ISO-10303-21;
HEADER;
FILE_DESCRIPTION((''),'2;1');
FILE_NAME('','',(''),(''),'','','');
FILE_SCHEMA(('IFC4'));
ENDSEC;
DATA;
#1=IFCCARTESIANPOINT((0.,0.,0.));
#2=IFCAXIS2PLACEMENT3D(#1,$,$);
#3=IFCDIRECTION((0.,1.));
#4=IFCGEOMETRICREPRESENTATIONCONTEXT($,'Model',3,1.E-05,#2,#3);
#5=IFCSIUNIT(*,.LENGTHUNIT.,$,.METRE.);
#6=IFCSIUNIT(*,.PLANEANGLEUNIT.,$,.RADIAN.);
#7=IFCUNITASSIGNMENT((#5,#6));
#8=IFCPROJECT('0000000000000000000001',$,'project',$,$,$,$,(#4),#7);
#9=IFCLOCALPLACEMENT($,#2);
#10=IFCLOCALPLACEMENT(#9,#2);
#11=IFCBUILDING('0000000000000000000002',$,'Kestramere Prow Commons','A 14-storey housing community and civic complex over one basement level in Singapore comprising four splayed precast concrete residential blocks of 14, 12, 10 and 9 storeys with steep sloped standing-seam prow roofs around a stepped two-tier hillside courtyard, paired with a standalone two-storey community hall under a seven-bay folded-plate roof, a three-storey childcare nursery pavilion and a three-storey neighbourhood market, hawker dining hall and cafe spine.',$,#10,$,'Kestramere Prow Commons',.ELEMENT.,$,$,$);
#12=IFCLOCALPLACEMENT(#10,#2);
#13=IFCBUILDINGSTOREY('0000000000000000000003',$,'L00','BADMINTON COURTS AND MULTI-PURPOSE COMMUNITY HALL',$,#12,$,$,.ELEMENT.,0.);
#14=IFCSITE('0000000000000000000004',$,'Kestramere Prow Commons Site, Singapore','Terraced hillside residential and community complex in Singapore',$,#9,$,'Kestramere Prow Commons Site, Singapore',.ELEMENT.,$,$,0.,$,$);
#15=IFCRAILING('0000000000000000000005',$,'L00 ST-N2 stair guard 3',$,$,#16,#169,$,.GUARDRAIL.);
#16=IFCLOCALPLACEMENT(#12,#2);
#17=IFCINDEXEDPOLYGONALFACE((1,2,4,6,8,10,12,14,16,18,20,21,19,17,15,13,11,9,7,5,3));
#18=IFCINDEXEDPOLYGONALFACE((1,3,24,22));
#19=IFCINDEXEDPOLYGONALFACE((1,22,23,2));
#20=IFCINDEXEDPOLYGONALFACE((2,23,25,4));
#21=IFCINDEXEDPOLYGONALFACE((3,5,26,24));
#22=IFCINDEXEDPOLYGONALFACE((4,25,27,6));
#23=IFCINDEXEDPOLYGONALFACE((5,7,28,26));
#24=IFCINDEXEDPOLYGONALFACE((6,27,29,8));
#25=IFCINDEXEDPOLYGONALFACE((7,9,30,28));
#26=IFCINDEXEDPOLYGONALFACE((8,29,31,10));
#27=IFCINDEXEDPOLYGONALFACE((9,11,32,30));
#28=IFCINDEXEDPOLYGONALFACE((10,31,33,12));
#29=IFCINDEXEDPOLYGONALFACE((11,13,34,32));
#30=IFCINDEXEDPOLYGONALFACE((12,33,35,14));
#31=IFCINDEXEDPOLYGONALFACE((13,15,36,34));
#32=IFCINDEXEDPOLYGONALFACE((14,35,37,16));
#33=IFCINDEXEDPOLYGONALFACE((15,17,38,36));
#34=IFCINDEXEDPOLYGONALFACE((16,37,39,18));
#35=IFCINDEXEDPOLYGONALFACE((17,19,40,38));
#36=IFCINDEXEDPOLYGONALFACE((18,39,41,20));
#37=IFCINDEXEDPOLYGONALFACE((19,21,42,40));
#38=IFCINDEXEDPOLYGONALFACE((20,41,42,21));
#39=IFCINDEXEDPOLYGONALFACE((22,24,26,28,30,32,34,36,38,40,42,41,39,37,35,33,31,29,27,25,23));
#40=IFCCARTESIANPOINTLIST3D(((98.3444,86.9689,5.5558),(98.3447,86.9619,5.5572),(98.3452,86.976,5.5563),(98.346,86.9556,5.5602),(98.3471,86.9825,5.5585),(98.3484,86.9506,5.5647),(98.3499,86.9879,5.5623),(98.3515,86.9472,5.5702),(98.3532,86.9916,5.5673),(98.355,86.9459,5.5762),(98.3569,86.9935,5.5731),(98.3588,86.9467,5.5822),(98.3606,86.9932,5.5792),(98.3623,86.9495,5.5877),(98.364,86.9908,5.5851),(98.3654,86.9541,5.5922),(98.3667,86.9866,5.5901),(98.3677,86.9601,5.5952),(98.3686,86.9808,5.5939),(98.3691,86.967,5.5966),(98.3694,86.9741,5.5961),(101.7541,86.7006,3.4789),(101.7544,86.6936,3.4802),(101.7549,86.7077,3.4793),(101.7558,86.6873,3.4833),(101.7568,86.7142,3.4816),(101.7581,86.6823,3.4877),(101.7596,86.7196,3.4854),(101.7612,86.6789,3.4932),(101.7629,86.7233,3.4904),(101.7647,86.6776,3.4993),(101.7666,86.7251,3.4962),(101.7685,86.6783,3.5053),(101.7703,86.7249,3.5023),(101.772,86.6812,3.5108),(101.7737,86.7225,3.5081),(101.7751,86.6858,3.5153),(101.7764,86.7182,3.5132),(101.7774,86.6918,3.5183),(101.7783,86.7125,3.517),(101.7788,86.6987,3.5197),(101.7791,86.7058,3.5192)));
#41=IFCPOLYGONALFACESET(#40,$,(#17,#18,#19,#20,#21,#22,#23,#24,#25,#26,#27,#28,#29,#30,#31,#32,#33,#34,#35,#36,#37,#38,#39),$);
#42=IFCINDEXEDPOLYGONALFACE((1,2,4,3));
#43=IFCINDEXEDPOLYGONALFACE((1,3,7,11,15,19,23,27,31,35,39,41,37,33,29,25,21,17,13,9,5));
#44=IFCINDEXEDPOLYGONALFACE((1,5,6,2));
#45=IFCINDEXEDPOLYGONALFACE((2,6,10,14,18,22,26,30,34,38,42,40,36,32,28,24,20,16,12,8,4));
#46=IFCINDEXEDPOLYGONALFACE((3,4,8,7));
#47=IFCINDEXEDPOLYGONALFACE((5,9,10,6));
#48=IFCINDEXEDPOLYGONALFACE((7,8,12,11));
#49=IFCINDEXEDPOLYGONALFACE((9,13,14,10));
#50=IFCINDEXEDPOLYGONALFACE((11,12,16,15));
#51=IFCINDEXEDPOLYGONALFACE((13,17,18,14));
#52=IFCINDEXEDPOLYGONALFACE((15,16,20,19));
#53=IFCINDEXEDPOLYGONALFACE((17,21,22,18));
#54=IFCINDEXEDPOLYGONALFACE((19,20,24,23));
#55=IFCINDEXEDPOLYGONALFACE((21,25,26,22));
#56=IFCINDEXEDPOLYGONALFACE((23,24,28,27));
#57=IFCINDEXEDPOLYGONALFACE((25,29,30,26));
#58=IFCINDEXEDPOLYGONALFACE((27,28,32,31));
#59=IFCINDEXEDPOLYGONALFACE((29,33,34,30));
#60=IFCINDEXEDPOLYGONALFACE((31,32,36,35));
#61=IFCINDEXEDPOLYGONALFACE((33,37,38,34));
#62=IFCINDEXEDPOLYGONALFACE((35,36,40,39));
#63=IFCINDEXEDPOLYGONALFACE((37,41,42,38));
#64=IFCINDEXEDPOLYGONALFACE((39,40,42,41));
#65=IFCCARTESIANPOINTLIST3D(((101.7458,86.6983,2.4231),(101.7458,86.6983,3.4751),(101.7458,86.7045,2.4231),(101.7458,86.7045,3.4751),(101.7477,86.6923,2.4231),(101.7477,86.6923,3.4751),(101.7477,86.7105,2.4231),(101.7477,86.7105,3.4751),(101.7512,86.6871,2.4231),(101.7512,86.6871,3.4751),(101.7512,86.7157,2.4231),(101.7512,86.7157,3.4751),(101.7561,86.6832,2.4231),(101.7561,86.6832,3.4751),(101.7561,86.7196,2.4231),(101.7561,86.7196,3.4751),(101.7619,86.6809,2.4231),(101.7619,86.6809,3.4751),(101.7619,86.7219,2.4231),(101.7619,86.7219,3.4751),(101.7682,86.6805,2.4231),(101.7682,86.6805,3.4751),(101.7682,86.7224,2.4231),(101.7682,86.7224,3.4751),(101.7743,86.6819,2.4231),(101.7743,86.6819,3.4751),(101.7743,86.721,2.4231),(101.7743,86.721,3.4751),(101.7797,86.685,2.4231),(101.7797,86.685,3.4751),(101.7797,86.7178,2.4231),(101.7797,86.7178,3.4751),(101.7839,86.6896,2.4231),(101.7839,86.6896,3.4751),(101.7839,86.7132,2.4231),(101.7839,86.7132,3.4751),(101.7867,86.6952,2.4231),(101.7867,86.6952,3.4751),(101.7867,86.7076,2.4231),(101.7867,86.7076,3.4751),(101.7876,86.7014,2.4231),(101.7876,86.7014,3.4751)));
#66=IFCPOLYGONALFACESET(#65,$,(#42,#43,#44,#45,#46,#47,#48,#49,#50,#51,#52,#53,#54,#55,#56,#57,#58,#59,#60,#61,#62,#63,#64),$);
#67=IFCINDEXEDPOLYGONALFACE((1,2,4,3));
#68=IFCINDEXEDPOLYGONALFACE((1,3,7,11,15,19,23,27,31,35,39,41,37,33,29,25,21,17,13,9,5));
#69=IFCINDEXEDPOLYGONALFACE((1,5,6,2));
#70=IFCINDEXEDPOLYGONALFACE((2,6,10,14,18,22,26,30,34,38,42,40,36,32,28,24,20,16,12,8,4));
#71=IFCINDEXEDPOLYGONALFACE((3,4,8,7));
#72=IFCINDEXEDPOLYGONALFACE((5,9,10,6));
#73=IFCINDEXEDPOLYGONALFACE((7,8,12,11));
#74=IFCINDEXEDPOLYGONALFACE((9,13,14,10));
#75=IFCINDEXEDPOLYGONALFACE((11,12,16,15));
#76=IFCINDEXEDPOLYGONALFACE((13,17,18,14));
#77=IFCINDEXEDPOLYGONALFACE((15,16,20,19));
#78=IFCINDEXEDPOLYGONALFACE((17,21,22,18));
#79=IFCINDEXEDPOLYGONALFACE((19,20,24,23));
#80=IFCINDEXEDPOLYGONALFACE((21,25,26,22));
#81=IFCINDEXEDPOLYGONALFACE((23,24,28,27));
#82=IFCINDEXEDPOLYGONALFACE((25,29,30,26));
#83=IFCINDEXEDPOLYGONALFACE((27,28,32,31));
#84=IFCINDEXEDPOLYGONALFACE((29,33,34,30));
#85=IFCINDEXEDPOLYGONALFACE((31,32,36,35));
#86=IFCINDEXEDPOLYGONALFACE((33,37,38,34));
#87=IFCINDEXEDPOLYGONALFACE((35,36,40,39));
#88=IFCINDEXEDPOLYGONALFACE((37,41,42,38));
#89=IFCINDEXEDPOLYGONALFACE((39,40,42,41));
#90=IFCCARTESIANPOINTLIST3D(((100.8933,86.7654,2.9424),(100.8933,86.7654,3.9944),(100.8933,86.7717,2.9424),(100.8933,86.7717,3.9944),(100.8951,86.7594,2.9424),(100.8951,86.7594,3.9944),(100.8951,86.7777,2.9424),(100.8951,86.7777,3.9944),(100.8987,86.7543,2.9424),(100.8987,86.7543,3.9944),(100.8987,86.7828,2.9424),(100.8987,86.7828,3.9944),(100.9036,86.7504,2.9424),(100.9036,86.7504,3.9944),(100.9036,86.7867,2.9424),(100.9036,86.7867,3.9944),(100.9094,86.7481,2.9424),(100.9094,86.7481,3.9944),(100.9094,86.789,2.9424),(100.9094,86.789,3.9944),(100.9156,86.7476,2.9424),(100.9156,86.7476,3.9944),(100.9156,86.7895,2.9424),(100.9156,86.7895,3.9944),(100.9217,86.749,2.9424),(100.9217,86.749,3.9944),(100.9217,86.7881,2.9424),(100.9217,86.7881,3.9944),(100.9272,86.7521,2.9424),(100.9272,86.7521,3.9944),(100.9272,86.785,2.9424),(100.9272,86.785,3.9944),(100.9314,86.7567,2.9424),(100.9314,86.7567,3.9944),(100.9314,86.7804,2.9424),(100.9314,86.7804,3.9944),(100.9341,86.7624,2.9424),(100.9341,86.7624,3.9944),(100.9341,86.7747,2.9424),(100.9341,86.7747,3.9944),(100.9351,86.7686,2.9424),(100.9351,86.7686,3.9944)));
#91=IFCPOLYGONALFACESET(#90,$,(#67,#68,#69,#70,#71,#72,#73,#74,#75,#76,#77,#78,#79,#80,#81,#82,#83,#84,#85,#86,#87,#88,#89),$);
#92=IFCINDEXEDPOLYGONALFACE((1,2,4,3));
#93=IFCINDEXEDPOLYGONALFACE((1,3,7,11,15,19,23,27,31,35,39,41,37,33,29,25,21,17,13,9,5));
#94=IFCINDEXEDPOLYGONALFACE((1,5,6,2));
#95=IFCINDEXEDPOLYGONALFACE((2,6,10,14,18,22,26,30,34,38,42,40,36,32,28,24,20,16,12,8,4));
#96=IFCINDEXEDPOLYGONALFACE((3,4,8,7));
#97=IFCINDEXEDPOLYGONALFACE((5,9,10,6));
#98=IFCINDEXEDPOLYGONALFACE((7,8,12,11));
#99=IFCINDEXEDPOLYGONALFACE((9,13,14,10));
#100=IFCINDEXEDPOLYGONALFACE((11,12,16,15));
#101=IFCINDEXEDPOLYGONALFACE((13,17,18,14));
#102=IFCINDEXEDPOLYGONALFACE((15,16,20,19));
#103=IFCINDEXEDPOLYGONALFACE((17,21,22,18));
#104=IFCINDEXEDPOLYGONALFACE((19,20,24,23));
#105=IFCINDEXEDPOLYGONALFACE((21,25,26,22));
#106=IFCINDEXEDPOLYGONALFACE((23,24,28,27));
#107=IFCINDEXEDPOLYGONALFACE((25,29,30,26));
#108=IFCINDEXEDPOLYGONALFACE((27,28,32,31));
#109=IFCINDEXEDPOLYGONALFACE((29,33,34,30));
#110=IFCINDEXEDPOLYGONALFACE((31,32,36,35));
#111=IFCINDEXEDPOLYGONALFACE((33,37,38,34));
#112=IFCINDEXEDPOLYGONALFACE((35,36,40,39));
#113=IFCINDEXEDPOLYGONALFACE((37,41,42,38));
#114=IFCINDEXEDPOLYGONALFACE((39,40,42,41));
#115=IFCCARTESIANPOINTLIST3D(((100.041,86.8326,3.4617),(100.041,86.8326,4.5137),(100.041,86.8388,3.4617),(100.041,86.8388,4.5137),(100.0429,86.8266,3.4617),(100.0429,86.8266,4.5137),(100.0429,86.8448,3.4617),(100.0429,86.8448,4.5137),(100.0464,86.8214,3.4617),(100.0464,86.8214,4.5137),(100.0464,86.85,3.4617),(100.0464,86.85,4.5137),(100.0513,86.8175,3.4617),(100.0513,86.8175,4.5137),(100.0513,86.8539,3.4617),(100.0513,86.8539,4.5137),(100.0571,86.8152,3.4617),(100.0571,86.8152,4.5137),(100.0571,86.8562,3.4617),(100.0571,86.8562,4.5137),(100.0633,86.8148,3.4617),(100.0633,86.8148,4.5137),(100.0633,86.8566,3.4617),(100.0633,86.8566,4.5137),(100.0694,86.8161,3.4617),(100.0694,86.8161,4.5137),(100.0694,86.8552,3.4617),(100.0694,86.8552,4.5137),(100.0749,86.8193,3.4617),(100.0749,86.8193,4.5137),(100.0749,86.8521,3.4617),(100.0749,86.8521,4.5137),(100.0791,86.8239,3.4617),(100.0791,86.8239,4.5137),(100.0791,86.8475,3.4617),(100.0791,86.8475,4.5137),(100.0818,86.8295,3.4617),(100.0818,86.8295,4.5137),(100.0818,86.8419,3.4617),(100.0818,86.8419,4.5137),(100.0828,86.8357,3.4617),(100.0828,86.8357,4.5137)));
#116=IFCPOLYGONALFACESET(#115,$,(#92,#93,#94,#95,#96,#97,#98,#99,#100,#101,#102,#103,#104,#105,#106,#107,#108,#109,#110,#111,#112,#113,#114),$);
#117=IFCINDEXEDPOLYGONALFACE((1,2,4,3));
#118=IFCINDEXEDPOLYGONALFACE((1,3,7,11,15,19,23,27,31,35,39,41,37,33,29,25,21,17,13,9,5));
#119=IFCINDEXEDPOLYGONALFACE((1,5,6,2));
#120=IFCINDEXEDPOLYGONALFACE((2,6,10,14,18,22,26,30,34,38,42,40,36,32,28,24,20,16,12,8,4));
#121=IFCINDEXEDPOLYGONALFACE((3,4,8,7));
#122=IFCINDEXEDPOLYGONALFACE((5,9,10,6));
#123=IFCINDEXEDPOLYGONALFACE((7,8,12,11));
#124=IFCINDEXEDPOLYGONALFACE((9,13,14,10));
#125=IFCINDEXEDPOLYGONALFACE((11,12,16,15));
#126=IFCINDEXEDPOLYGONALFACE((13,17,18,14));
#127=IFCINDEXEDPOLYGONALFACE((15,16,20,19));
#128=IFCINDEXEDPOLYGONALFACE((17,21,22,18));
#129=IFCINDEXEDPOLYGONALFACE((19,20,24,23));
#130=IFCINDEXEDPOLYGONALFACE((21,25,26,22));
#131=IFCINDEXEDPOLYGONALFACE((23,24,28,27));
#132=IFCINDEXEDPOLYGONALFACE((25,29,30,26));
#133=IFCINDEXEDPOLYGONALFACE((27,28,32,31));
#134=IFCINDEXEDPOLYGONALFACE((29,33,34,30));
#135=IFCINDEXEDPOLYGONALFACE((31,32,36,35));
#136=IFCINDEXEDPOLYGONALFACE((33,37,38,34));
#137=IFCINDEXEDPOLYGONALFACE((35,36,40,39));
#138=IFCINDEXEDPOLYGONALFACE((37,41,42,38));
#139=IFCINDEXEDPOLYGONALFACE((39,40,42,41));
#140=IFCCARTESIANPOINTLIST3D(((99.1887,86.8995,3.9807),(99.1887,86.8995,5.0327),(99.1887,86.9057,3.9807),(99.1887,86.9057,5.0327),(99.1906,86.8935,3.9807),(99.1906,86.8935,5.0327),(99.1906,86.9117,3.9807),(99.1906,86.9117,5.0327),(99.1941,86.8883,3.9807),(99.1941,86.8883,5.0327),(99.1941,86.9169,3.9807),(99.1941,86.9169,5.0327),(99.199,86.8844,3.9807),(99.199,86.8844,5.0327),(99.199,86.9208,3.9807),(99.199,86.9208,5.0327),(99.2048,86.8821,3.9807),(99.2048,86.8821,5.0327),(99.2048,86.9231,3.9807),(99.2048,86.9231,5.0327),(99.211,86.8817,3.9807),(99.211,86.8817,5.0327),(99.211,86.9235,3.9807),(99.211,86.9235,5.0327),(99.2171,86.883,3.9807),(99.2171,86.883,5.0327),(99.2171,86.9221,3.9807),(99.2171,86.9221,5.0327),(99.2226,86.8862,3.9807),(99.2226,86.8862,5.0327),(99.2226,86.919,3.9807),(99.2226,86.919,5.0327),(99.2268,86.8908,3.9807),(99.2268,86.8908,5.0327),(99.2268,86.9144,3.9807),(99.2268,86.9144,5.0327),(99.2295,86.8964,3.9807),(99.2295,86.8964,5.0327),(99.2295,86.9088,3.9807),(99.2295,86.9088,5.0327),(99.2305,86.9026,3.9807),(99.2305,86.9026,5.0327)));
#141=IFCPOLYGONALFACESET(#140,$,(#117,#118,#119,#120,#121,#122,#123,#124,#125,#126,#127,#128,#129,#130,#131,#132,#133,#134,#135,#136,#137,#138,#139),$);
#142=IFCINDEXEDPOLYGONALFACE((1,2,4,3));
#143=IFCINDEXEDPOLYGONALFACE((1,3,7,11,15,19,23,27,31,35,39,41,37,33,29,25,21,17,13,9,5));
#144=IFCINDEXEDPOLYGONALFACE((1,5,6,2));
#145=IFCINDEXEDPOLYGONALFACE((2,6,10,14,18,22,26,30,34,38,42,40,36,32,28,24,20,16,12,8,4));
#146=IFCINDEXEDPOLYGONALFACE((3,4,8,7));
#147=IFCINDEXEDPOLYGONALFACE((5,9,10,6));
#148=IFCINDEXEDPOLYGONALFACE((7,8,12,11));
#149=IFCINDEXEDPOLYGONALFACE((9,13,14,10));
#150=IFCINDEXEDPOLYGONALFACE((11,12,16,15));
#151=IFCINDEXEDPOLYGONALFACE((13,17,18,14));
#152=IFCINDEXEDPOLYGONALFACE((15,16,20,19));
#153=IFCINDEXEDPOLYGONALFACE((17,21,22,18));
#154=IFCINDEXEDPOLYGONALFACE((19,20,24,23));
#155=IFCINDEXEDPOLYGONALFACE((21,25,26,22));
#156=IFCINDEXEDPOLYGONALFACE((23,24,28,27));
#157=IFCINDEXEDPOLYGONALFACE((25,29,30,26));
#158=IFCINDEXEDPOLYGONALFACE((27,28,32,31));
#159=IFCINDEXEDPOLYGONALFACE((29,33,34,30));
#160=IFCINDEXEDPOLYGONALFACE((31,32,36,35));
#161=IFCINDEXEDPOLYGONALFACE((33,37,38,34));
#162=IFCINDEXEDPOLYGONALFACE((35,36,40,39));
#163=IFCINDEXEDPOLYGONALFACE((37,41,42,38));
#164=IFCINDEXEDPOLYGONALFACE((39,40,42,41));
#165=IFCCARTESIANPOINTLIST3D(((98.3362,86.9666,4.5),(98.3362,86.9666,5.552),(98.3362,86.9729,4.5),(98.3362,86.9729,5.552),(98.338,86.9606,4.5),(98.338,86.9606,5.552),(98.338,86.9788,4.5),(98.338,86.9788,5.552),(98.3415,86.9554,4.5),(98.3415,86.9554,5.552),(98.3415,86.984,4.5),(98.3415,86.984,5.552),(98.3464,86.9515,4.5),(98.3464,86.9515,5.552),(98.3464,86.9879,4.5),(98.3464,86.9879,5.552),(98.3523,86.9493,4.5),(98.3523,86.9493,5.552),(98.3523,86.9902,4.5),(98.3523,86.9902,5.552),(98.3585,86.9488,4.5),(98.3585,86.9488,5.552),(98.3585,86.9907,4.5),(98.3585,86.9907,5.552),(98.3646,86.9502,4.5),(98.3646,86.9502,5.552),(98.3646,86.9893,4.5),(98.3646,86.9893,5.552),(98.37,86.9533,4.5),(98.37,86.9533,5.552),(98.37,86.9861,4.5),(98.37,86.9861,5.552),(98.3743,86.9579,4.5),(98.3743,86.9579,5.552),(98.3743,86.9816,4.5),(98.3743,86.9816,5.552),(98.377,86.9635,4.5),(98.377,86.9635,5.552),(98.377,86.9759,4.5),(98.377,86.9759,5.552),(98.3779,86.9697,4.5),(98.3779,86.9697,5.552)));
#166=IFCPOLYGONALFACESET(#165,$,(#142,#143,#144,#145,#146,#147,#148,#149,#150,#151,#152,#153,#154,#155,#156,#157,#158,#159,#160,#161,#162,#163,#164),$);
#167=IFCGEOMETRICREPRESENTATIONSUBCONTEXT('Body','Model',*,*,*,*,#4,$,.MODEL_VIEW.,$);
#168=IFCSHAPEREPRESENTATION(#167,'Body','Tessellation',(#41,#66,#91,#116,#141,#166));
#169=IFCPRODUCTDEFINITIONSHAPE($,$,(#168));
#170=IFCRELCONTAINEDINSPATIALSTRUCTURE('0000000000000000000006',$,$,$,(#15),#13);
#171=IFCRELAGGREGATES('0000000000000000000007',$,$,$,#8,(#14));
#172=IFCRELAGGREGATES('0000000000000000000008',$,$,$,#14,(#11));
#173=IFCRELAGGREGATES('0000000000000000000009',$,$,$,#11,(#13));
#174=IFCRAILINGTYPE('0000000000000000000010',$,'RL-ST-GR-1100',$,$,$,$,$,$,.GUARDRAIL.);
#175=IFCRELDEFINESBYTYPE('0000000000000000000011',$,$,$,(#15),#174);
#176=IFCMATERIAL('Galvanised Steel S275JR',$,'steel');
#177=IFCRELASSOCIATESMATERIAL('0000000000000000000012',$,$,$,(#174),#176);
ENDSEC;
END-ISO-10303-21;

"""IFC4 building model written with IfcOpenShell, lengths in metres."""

from ifc_helpers import new_model, si_unit, direction, frame, origin, origin_2d, place, context, subcontext, project, spatial, circle, extrude, material, type_object, element, save


model = new_model("IFC4")

# Units and contexts
model_context = context("Model", 3, precision=1e-05, world=origin(), true_north=direction((0.0, 1.0)))
body_context = subcontext(model_context, "Body", "Model", "MODEL_VIEW")
ifc_project = project(units=[si_unit("LENGTHUNIT", "METRE"), si_unit("PLANEANGLEUNIT", "RADIAN")], contexts=[model_context])

# Site, building, storey
site_placement = place(None, origin())
site = spatial("IfcSite", under=ifc_project, at=site_placement, Name="Kestramere Prow Commons Site, Singapore", Description="Terraced hillside residential and community complex in Singapore", LongName="Kestramere Prow Commons Site, Singapore", CompositionType="ELEMENT", RefElevation=0.0)
building_placement = place(site_placement, origin())
building = spatial("IfcBuilding", under=site, at=building_placement, Name="Kestramere Prow Commons", Description="A 14-storey housing community and civic complex over one basement level in Singapore comprising four splayed precast concrete residential blocks of 14, 12, 10 and 9 storeys with steep sloped standing-seam prow roofs around a stepped two-tier hillside courtyard, paired with a standalone two-storey community hall under a seven-bay folded-plate roof, a three-storey childcare nursery pavilion and a three-storey neighbourhood market, hawker dining hall and cafe spine.", LongName="Kestramere Prow Commons", CompositionType="ELEMENT")
storey_placement = place(building_placement, origin())
storey = spatial("IfcBuildingStorey", under=building, at=storey_placement, Name="L00", Description="BADMINTON COURTS AND MULTI-PURPOSE COMMUNITY HALL", CompositionType="ELEMENT", Elevation=0.0)

# Railing
ifc_material_1 = material(Name="Galvanised Steel S275JR", Category="steel")
railing_type_1 = type_object("IfcRailingType", Name="RL-ST-GR-1100", PredefinedType="GUARDRAIL", material=ifc_material_1)
railing_1_placement = place(storey_placement, frame((101.7666, 86.7014, 2.4231)))
element("IfcRailing", 1, at=railing_1_placement, inside=storey, type_object=railing_type_1, Name="L00 ST-N2 stair guard 3", PredefinedType="GUARDRAIL", context=body_context, shape_type="SweptSolid", body=[
    extrude(circle(Radius=0.0239, at=origin_2d()), frame((0.0, 0.0, 1.0762), z_axis=(-0.852115, 0.067054, 0.519042), x_axis=(-0.078449, -0.996918, 0.0)), (0.0, 0.0, 1.0), 4.0015),
    extrude(circle(Radius=0.021, at=origin_2d()), origin(), (0.0, 0.0, 1.0), 1.052),
    extrude(circle(Radius=0.021, at=origin_2d()), frame((-0.8525, 0.0671, 0.5193)), (0.0, 0.0, 1.0), 1.052),
    extrude(circle(Radius=0.021, at=origin_2d()), frame((-1.7048, 0.1343, 1.0386)), (0.0, 0.0, 1.0), 1.052),
    extrude(circle(Radius=0.021, at=origin_2d()), frame((-2.5571, 0.2012, 1.5576)), (0.0, 0.0, 1.0), 1.052),
    extrude(circle(Radius=0.021, at=origin_2d()), frame((-3.4097, 0.2683, 2.0769)), (0.0, 0.0, 1.0), 1.052),
])

save(model, "model.ifc")
